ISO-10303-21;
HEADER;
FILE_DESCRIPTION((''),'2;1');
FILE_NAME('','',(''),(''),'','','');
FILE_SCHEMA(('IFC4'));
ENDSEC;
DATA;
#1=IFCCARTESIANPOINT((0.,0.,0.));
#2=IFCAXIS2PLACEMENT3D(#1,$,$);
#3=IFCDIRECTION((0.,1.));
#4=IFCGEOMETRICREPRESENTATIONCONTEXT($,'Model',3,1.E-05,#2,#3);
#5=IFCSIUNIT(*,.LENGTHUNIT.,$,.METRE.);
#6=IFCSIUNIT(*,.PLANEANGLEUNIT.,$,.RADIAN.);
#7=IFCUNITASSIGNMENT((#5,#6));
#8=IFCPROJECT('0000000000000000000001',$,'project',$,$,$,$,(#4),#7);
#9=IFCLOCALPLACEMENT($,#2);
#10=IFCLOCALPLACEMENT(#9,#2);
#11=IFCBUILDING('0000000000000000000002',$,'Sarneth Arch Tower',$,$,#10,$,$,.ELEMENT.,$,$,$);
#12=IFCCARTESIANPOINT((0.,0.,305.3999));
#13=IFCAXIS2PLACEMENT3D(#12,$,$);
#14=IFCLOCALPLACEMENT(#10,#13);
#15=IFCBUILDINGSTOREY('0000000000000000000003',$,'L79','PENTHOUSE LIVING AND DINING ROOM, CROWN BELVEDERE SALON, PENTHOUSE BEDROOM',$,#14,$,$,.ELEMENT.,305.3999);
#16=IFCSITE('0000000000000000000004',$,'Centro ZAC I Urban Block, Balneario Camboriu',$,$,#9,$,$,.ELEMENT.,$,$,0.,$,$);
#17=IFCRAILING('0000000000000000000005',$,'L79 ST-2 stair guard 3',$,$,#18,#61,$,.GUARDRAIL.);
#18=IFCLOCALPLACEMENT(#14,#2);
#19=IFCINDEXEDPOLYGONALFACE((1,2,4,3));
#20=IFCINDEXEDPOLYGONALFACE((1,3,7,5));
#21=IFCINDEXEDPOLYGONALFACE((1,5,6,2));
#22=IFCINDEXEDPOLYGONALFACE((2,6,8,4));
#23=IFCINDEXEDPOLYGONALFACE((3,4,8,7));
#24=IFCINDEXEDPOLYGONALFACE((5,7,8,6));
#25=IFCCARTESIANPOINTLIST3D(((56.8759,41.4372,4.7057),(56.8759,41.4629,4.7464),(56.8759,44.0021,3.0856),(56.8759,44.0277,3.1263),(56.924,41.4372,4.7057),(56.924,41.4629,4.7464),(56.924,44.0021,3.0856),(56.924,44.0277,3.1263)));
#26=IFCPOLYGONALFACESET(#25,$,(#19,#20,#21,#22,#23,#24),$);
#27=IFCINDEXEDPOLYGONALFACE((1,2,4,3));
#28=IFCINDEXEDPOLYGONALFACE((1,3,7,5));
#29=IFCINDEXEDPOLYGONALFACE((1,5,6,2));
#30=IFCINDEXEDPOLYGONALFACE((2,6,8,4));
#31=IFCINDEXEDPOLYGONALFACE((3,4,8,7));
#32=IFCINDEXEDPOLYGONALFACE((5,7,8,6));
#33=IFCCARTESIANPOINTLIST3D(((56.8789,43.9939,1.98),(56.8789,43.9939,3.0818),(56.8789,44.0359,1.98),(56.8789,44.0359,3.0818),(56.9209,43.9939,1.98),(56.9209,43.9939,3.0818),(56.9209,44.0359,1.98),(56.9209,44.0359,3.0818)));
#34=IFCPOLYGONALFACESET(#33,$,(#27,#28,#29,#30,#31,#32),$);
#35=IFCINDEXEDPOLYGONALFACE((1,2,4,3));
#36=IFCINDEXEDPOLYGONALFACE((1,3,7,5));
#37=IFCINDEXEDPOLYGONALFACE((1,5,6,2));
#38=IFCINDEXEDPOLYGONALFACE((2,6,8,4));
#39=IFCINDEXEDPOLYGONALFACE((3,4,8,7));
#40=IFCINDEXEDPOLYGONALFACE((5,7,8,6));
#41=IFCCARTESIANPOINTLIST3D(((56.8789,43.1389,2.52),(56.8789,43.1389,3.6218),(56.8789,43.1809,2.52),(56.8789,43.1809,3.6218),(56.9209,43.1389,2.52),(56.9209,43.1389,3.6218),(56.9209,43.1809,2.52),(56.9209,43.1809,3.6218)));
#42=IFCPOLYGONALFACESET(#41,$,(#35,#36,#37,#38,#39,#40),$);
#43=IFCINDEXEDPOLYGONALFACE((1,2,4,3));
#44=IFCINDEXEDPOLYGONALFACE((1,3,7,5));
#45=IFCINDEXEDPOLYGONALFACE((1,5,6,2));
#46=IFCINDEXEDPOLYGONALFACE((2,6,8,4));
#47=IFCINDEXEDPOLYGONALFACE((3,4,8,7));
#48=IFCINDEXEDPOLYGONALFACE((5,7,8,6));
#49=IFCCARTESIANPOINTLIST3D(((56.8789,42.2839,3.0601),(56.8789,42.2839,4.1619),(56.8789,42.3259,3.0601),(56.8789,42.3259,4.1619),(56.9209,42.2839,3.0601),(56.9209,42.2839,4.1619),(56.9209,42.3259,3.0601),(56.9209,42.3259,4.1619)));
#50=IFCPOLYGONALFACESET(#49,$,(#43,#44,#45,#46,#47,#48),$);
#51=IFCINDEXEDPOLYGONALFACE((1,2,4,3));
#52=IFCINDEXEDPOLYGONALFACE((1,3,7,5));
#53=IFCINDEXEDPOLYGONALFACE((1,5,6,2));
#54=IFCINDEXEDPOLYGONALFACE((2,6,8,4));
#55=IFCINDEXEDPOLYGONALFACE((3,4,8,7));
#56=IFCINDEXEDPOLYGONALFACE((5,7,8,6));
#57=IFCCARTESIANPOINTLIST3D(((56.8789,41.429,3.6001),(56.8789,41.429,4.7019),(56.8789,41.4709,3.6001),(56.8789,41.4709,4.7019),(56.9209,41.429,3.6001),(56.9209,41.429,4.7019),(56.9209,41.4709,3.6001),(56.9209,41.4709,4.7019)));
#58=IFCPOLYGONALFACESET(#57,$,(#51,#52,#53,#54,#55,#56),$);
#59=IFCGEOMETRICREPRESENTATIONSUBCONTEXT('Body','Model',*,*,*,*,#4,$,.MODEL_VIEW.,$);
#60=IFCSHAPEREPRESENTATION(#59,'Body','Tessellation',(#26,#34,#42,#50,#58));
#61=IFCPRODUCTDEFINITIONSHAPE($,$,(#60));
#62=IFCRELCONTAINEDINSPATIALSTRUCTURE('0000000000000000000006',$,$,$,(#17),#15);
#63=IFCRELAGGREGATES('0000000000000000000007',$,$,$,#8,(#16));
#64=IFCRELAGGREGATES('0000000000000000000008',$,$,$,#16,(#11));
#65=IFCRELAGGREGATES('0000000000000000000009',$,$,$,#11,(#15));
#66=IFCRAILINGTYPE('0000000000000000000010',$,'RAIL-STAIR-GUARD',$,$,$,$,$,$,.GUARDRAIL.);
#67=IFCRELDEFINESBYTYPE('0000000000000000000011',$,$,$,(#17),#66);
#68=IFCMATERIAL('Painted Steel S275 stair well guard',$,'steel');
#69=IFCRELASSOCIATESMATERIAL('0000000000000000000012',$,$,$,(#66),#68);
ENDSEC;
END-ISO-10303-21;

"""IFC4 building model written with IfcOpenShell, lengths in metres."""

from ifc_helpers import new_model, si_unit, direction, frame, origin, origin_2d, place, context, subcontext, project, spatial, rectangle, extrude, material, type_object, element, save


model = new_model("IFC4")

# Units and contexts
model_context = context("Model", 3, precision=1e-05, world=origin(), true_north=direction((0.0, 1.0)))
body_context = subcontext(model_context, "Body", "Model", "MODEL_VIEW")
ifc_project = project(units=[si_unit("LENGTHUNIT", "METRE"), si_unit("PLANEANGLEUNIT", "RADIAN")], contexts=[model_context])

# Site, building, storey
site_placement = place(None, origin())
site = spatial("IfcSite", under=ifc_project, at=site_placement, Name="Centro ZAC I Urban Block, Balneario Camboriu", CompositionType="ELEMENT", RefElevation=0.0)
building_placement = place(site_placement, origin())
building = spatial("IfcBuilding", under=site, at=building_placement, Name="Sarneth Arch Tower", CompositionType="ELEMENT")
storey_placement = place(building_placement, frame((0.0, 0.0, 305.3999)))
storey = spatial("IfcBuildingStorey", under=building, at=storey_placement, Name="L79", Description="PENTHOUSE LIVING AND DINING ROOM, CROWN BELVEDERE SALON, PENTHOUSE BEDROOM", CompositionType="ELEMENT", Elevation=305.3999)

# Railing
ifc_material_1 = material(Name="Painted Steel S275 stair well guard", Category="steel")
railing_type_1 = type_object("IfcRailingType", Name="RAIL-STAIR-GUARD", PredefinedType="GUARDRAIL", material=ifc_material_1)
railing_1_placement = place(storey_placement, frame((56.8999, 44.0149, 1.98)))
element("IfcRailing", 1, at=railing_1_placement, inside=storey, type_object=railing_type_1, Name="L79 ST-2 stair guard 3", PredefinedType="GUARDRAIL", context=body_context, shape_type="SweptSolid", body=[
    extrude(rectangle(XDim=0.0481, YDim=0.0481, at=origin_2d()), frame((0.0, 0.0, 1.126), z_axis=(0.0, -0.845466, 0.534029), x_axis=(1.0, 0.0, 0.0)), (0.0, 0.0, 1.0), 3.0337),
    extrude(rectangle(XDim=0.042, YDim=0.042, at=origin_2d()), origin(), (0.0, 0.0, 1.0), 1.1018),
    extrude(rectangle(XDim=0.042, YDim=0.042, at=origin_2d()), frame((0.0, -0.855, 0.54)), (0.0, 0.0, 1.0), 1.1018),
    extrude(rectangle(XDim=0.042, YDim=0.042, at=origin_2d()), frame((0.0, -1.71, 1.0801)), (0.0, 0.0, 1.0), 1.1018),
    extrude(rectangle(XDim=0.042, YDim=0.042, at=origin_2d()), frame((0.0, -2.5649, 1.6201)), (0.0, 0.0, 1.0), 1.1018),
])

save(model, "model.ifc")
